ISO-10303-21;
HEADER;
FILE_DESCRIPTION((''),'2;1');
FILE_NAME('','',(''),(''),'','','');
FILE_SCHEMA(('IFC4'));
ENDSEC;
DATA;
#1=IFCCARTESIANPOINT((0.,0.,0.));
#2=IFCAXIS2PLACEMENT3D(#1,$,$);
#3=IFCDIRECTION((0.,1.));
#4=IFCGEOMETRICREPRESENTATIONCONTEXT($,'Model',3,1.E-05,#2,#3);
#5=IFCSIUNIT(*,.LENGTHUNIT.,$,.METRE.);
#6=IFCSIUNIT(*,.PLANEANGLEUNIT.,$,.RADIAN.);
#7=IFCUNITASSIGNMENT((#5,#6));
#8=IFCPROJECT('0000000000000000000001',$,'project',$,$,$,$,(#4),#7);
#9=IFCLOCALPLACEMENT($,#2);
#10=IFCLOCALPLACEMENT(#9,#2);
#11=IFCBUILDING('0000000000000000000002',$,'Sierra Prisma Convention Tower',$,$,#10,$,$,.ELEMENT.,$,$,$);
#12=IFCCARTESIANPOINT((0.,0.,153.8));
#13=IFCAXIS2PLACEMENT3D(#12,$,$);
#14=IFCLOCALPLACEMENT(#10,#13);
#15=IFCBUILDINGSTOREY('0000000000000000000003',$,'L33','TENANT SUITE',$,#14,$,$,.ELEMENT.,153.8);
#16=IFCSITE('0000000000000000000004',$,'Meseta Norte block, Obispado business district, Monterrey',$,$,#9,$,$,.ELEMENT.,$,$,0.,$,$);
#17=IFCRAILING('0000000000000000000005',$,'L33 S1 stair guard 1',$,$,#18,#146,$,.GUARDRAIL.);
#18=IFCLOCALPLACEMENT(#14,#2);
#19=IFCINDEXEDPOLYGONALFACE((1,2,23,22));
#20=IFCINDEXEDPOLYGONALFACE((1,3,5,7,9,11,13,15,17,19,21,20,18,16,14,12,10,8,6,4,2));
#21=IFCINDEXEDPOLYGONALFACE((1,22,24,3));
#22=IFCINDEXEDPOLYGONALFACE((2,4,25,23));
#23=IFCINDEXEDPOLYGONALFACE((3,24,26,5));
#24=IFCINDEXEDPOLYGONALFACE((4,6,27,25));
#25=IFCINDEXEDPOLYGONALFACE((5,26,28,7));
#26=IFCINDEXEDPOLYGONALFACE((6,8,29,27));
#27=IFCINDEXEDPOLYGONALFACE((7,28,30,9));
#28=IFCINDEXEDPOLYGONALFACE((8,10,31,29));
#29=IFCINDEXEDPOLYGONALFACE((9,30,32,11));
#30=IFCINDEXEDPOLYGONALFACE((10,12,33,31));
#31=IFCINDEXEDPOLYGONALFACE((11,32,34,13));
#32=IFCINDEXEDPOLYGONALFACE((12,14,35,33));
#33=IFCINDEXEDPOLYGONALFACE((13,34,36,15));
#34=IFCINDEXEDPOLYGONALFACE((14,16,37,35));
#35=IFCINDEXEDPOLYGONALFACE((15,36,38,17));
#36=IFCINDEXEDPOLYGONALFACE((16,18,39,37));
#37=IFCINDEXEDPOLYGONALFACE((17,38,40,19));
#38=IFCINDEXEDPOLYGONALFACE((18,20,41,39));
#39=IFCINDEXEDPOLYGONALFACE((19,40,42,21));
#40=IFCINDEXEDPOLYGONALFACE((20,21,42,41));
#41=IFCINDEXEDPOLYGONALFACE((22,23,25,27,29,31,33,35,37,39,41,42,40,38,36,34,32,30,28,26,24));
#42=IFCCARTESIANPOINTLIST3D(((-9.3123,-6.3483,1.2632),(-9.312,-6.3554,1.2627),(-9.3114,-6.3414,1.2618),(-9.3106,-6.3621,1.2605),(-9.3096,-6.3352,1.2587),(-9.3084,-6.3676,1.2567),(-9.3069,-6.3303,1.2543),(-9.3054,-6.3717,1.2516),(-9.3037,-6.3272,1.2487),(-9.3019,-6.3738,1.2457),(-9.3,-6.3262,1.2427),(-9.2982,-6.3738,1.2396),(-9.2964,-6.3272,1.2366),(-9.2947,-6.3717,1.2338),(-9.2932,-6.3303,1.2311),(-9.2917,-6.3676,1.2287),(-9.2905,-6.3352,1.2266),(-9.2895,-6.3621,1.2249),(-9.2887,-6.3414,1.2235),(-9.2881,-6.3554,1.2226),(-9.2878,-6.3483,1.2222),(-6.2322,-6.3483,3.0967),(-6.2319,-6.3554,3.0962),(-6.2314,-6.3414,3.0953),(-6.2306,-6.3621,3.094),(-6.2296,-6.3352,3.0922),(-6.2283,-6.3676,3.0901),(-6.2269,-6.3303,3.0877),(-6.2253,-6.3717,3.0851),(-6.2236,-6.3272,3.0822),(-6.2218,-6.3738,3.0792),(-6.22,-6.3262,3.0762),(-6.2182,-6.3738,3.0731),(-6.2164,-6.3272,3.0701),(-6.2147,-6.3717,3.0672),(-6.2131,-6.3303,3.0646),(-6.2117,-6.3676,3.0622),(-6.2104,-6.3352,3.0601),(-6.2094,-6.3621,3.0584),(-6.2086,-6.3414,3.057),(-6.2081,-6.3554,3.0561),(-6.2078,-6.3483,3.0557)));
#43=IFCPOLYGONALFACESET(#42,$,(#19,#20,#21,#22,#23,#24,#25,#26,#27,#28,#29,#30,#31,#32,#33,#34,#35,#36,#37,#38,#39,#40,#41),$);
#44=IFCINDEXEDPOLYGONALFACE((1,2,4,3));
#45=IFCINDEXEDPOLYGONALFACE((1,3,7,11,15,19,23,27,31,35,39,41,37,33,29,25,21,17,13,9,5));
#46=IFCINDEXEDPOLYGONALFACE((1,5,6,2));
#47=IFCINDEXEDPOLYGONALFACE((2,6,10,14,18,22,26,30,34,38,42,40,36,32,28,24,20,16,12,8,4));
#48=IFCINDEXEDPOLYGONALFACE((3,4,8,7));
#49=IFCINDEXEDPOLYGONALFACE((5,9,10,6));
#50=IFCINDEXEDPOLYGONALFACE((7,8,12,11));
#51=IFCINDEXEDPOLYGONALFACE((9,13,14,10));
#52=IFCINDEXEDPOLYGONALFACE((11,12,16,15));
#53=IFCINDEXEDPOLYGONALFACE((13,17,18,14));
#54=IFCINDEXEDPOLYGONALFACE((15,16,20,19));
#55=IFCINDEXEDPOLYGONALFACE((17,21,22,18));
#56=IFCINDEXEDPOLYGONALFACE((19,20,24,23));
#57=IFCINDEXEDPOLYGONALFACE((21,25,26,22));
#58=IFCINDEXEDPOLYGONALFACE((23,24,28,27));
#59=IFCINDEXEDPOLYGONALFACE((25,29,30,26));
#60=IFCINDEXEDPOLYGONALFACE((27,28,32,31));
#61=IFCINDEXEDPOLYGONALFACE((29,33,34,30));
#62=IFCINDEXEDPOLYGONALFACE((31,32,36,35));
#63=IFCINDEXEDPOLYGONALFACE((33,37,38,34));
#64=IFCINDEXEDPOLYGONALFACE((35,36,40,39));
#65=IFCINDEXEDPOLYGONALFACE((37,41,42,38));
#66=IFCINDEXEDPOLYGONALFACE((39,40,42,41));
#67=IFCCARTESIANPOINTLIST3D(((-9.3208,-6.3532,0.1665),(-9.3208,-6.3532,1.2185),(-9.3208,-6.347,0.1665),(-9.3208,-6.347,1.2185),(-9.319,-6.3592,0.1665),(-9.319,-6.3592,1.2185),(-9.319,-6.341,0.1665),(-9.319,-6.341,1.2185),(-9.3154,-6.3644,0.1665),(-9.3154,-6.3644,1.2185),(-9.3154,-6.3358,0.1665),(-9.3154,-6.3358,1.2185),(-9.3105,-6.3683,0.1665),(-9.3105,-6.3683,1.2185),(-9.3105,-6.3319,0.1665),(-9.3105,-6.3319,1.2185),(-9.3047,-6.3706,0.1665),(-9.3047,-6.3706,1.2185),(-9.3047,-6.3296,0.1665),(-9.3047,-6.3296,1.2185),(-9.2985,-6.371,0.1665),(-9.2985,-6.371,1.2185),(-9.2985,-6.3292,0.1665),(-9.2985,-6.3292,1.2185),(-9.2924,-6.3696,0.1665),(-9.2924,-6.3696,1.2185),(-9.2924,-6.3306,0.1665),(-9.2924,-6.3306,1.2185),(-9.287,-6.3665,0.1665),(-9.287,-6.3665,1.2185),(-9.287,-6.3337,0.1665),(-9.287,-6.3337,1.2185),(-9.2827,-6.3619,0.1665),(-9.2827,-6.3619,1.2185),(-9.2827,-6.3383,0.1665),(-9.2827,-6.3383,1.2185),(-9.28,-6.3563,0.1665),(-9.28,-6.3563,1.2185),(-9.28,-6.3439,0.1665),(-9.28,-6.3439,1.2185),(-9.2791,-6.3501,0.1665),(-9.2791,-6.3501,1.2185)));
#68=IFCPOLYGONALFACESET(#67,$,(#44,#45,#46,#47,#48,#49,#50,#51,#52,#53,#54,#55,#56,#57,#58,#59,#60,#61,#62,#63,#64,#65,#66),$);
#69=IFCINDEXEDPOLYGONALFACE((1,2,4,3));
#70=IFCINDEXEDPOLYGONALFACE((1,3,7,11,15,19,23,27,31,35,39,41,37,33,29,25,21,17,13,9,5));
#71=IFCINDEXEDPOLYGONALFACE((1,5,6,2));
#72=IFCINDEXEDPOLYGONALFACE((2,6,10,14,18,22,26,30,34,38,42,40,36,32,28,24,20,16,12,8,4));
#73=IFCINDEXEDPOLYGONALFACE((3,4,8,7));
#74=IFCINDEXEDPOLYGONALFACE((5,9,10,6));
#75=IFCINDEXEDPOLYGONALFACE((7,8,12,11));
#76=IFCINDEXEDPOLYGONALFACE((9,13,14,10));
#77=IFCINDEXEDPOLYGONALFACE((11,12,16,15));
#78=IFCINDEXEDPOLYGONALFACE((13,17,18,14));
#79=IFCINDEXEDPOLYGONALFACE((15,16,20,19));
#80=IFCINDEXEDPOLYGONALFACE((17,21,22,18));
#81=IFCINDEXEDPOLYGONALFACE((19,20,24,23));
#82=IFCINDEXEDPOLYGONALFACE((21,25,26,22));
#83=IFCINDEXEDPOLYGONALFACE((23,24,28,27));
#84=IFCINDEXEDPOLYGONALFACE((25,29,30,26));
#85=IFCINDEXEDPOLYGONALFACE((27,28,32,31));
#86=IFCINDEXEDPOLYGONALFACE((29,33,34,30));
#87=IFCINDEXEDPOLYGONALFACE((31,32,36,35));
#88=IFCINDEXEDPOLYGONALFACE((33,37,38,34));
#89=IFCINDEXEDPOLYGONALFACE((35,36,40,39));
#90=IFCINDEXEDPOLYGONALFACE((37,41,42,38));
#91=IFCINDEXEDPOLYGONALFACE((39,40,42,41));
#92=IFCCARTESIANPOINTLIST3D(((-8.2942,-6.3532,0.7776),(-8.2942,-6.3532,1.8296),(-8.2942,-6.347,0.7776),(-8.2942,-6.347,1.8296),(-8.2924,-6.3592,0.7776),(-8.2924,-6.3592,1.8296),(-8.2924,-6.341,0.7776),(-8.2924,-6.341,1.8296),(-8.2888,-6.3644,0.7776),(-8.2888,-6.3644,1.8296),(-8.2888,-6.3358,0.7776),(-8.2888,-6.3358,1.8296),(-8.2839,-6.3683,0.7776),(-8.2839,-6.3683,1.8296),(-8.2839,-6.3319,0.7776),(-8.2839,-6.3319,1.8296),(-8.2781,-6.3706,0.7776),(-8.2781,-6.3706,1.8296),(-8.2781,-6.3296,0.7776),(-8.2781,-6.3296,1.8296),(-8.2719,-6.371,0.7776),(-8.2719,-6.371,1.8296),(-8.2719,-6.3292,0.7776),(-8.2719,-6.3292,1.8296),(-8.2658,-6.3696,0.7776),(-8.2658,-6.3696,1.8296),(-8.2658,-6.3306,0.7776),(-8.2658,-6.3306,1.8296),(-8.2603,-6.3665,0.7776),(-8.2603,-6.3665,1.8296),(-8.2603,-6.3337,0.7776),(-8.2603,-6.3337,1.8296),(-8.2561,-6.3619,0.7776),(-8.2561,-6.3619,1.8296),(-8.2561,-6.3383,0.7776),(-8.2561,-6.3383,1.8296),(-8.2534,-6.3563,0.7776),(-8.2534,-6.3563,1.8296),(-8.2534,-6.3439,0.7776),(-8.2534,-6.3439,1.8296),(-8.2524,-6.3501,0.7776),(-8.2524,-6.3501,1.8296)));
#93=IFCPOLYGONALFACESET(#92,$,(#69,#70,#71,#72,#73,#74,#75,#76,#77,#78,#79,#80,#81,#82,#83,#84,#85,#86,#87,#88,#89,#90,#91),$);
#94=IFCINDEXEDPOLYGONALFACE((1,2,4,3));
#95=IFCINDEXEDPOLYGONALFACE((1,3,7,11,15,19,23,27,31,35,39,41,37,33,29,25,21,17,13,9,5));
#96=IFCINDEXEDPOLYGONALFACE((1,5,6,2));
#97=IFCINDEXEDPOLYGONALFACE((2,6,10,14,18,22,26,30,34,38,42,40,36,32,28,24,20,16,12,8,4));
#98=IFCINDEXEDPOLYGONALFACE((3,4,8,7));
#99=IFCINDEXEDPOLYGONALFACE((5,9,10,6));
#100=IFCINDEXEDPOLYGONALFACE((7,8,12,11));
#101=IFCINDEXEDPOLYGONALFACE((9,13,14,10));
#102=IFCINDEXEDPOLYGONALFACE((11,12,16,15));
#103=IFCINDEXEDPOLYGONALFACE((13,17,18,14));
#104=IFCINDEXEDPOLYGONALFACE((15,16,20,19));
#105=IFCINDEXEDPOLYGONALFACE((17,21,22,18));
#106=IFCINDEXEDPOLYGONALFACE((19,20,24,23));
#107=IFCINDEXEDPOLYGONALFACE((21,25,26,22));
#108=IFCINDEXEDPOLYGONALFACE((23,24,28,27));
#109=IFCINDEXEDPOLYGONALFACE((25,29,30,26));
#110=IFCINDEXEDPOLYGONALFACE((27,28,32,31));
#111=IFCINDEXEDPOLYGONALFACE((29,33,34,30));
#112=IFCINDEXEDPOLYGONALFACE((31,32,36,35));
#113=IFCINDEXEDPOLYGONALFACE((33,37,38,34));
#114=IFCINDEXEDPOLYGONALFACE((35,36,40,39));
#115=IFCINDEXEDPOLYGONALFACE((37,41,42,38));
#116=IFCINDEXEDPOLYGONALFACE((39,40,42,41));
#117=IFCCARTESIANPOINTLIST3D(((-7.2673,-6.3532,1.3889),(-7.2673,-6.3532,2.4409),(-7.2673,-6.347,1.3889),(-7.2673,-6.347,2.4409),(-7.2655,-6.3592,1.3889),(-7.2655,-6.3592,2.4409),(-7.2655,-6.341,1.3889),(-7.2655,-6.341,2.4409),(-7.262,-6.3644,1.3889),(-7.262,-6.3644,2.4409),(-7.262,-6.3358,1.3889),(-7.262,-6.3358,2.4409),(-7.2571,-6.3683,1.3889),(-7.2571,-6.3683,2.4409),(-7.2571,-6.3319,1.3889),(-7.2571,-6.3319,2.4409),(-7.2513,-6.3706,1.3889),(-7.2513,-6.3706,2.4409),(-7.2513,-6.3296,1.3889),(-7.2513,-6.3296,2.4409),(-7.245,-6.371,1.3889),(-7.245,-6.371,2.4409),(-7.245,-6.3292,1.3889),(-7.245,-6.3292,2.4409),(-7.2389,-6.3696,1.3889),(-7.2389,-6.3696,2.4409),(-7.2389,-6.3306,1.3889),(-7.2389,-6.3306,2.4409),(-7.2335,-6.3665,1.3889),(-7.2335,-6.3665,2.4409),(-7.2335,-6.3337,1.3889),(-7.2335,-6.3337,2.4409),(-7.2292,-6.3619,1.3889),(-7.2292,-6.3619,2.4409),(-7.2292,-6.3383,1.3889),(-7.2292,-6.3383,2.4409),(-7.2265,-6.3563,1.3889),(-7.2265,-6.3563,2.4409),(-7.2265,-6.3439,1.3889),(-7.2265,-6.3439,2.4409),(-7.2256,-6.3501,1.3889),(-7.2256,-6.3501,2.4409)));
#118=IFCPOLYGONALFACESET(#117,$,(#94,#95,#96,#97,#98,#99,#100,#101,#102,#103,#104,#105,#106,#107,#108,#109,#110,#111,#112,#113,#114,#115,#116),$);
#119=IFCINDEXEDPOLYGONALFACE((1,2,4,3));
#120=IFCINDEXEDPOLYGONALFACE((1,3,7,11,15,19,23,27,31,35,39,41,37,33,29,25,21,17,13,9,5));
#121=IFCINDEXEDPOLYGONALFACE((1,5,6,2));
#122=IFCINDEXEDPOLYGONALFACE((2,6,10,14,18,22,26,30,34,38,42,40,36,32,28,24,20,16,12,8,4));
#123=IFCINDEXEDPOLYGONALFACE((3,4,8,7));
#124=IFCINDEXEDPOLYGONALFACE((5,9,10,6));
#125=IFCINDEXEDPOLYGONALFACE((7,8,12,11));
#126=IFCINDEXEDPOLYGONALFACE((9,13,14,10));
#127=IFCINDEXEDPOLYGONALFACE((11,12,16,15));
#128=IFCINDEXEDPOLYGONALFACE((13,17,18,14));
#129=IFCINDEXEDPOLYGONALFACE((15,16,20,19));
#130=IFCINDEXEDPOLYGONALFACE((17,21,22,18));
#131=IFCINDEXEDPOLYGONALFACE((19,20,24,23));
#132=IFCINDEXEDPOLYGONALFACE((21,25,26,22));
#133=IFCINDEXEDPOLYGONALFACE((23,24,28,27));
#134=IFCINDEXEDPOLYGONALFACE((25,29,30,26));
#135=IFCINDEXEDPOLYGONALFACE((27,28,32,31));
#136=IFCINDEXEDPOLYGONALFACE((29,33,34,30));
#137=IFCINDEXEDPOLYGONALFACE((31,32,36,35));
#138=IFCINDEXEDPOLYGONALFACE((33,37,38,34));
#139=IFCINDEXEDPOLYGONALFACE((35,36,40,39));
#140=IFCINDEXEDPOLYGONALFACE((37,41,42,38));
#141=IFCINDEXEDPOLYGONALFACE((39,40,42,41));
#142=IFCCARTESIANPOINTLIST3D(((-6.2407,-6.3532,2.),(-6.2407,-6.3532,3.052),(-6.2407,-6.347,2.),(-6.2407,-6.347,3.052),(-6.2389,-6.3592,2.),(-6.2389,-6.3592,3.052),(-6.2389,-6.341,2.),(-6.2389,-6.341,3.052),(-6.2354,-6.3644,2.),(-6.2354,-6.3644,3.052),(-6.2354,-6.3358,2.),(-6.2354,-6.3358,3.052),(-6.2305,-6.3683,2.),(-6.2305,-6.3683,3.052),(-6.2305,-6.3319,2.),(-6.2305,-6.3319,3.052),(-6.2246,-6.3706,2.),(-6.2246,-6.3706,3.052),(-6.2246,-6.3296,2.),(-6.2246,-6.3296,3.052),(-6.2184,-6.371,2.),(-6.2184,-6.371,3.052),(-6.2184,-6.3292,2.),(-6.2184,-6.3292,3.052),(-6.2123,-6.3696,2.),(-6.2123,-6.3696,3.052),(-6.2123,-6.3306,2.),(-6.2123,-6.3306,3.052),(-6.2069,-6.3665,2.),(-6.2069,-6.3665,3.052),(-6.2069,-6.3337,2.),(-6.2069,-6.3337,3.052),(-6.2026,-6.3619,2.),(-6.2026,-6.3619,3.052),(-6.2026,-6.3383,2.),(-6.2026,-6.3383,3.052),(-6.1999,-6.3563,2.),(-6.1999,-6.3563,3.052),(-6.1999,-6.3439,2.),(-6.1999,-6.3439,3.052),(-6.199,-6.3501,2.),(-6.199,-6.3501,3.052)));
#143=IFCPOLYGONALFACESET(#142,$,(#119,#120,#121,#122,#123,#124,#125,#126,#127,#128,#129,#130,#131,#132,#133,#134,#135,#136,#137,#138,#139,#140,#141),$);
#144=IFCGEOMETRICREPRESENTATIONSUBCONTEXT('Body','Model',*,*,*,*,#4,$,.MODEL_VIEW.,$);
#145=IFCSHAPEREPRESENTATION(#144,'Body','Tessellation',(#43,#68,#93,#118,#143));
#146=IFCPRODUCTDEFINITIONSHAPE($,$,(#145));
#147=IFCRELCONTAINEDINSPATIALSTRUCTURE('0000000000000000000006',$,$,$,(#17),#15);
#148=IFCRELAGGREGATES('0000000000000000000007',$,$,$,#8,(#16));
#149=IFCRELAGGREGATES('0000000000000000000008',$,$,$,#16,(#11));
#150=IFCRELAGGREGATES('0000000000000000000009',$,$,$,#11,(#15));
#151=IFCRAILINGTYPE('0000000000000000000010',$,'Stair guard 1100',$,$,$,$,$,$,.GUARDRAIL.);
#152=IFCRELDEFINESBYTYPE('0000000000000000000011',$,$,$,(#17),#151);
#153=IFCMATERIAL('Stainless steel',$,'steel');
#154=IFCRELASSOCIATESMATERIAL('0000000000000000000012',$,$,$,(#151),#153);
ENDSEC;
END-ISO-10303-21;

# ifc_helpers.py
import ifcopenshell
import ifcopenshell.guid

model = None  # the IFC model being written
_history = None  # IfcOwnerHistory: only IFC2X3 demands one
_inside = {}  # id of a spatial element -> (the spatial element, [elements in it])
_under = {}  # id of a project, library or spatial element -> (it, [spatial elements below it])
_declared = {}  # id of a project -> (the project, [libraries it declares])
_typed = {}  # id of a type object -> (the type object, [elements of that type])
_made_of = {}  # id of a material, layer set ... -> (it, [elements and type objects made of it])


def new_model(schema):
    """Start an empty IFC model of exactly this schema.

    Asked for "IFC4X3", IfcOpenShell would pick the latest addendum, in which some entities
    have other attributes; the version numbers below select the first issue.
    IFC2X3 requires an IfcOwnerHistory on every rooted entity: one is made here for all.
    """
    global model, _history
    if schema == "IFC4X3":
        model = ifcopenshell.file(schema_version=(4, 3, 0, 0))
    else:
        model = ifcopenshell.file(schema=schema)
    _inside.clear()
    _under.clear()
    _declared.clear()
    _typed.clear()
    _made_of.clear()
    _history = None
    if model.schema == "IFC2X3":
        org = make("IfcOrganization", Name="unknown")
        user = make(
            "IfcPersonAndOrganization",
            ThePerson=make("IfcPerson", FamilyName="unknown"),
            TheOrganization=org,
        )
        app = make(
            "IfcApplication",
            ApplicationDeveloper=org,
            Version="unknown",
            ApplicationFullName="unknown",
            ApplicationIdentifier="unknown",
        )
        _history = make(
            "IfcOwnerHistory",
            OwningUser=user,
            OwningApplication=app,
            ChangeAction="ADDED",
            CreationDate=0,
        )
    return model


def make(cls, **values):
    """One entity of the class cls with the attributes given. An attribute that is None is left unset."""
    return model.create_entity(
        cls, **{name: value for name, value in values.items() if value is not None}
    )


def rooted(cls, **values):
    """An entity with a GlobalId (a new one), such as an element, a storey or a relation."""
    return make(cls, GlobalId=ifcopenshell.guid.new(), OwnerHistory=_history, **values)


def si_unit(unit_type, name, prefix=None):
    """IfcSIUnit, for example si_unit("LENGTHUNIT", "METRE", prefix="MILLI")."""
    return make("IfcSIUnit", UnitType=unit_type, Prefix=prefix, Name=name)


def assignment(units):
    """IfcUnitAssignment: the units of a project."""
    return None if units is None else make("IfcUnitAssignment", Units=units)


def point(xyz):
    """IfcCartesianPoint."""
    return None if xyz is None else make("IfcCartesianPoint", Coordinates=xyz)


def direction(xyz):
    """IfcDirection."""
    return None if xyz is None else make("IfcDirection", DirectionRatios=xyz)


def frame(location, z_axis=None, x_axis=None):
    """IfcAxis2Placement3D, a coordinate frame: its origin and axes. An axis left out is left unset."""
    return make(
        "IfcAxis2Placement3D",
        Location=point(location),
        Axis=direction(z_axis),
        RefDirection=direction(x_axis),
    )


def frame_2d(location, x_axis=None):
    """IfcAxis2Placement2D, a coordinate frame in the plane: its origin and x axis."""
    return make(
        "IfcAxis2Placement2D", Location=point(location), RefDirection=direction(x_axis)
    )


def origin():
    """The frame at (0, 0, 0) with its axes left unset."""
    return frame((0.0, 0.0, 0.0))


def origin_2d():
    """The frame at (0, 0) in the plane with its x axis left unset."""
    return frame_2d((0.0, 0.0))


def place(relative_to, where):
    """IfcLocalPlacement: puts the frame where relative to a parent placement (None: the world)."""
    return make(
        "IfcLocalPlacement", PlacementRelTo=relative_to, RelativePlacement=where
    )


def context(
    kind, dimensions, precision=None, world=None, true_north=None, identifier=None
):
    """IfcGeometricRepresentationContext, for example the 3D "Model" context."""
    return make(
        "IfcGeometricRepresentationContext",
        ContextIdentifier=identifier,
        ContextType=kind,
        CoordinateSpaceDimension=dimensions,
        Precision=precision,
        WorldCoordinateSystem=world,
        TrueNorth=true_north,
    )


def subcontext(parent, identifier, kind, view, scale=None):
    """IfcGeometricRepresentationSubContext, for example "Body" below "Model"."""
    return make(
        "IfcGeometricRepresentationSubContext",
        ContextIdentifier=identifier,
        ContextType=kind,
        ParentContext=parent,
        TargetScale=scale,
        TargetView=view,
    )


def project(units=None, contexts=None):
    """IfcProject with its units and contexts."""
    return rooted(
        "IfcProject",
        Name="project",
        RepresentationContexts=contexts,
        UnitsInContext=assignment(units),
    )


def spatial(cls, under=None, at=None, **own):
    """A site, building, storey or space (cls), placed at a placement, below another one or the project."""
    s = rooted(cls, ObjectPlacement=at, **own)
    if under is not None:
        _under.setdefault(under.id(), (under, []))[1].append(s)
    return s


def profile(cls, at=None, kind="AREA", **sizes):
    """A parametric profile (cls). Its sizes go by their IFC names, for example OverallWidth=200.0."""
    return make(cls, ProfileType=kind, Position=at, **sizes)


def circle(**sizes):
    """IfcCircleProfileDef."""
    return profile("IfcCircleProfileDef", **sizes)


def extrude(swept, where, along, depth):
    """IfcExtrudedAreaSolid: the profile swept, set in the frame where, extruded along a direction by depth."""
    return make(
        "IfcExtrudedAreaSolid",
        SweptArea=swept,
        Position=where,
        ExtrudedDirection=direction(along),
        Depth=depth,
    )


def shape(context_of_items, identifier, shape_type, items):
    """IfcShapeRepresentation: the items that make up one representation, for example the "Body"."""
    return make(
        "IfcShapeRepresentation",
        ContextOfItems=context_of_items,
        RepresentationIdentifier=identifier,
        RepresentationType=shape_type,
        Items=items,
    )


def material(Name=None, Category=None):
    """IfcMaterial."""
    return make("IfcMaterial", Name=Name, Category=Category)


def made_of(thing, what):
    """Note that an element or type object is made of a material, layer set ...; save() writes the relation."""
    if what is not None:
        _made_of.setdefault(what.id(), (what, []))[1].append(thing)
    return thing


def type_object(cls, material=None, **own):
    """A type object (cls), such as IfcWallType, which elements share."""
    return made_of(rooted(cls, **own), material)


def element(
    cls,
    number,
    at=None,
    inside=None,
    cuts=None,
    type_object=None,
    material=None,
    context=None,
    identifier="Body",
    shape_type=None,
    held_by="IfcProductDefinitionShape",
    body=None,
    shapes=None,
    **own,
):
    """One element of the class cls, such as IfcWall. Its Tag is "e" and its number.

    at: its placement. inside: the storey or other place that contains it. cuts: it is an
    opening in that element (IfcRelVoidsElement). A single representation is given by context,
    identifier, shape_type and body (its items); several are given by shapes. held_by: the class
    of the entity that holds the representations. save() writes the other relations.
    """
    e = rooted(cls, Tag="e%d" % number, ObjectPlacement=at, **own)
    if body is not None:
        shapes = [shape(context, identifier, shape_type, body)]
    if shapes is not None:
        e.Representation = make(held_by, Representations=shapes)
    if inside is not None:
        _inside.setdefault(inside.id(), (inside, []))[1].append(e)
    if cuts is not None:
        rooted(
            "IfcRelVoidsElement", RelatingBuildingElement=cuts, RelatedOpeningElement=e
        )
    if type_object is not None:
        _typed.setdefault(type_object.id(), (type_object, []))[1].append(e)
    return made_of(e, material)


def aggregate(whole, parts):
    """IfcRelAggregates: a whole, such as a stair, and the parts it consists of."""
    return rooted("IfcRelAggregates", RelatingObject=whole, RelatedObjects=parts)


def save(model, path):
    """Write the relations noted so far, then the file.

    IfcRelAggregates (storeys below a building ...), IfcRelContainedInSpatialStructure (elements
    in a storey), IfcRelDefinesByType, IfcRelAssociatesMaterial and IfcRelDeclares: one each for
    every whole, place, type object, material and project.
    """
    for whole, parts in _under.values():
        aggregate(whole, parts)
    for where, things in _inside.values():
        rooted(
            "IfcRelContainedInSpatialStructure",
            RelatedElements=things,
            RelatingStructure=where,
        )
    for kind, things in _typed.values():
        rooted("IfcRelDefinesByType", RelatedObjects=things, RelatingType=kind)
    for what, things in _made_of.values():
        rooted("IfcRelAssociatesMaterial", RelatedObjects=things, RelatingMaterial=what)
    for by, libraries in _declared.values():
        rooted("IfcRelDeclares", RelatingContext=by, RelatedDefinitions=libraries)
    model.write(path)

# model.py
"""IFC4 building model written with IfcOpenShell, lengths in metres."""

from ifc_helpers import new_model, si_unit, direction, frame, origin, origin_2d, place, context, subcontext, project, spatial, circle, extrude, material, type_object, element, save


model = new_model("IFC4")

# Units and contexts
model_context = context("Model", 3, precision=1e-05, world=origin(), true_north=direction((0.0, 1.0)))
body_context = subcontext(model_context, "Body", "Model", "MODEL_VIEW")
ifc_project = project(units=[si_unit("LENGTHUNIT", "METRE"), si_unit("PLANEANGLEUNIT", "RADIAN")], contexts=[model_context])

# Site, building, storey
site_placement = place(None, origin())
site = spatial("IfcSite", under=ifc_project, at=site_placement, Name="Meseta Norte block, Obispado business district, Monterrey", CompositionType="ELEMENT", RefElevation=0.0)
building_placement = place(site_placement, origin())
building = spatial("IfcBuilding", under=site, at=building_placement, Name="Sierra Prisma Convention Tower", CompositionType="ELEMENT")
storey_placement = place(building_placement, frame((0.0, 0.0, 153.8)))
storey = spatial("IfcBuildingStorey", under=building, at=storey_placement, Name="L33", Description="TENANT SUITE", CompositionType="ELEMENT", Elevation=153.8)

# Railing
ifc_material_1 = material(Name="Stainless steel", Category="steel")
railing_type_1 = type_object("IfcRailingType", Name="Stair guard 1100", PredefinedType="GUARDRAIL", material=ifc_material_1)
railing_1_placement = place(storey_placement, frame((-9.3, -6.3501, 0.1665)))
element("IfcRailing", 1, at=railing_1_placement, inside=storey, type_object=railing_type_1, Name="L33 S1 stair guard 1", PredefinedType="GUARDRAIL", context=body_context, shape_type="SweptSolid", body=[
    extrude(circle(Radius=0.0239, at=origin_2d()), frame((0.0, 0.0, 1.0762), z_axis=(0.859279, 0.0, 0.511508), x_axis=(0.0, 1.0, 0.0)), (0.0, 0.0, 1.0), 3.5845),
    extrude(circle(Radius=0.021, at=origin_2d()), origin(), (0.0, 0.0, 1.0), 1.052),
    extrude(circle(Radius=0.021, at=origin_2d()), frame((1.0266, 0.0, 0.6111)), (0.0, 0.0, 1.0), 1.052),
    extrude(circle(Radius=0.021, at=origin_2d()), frame((2.0535, 0.0, 1.2224)), (0.0, 0.0, 1.0), 1.052),
    extrude(circle(Radius=0.021, at=origin_2d()), frame((3.0801, 0.0, 1.8335)), (0.0, 0.0, 1.0), 1.052),
])

save(model, "model.ifc")
